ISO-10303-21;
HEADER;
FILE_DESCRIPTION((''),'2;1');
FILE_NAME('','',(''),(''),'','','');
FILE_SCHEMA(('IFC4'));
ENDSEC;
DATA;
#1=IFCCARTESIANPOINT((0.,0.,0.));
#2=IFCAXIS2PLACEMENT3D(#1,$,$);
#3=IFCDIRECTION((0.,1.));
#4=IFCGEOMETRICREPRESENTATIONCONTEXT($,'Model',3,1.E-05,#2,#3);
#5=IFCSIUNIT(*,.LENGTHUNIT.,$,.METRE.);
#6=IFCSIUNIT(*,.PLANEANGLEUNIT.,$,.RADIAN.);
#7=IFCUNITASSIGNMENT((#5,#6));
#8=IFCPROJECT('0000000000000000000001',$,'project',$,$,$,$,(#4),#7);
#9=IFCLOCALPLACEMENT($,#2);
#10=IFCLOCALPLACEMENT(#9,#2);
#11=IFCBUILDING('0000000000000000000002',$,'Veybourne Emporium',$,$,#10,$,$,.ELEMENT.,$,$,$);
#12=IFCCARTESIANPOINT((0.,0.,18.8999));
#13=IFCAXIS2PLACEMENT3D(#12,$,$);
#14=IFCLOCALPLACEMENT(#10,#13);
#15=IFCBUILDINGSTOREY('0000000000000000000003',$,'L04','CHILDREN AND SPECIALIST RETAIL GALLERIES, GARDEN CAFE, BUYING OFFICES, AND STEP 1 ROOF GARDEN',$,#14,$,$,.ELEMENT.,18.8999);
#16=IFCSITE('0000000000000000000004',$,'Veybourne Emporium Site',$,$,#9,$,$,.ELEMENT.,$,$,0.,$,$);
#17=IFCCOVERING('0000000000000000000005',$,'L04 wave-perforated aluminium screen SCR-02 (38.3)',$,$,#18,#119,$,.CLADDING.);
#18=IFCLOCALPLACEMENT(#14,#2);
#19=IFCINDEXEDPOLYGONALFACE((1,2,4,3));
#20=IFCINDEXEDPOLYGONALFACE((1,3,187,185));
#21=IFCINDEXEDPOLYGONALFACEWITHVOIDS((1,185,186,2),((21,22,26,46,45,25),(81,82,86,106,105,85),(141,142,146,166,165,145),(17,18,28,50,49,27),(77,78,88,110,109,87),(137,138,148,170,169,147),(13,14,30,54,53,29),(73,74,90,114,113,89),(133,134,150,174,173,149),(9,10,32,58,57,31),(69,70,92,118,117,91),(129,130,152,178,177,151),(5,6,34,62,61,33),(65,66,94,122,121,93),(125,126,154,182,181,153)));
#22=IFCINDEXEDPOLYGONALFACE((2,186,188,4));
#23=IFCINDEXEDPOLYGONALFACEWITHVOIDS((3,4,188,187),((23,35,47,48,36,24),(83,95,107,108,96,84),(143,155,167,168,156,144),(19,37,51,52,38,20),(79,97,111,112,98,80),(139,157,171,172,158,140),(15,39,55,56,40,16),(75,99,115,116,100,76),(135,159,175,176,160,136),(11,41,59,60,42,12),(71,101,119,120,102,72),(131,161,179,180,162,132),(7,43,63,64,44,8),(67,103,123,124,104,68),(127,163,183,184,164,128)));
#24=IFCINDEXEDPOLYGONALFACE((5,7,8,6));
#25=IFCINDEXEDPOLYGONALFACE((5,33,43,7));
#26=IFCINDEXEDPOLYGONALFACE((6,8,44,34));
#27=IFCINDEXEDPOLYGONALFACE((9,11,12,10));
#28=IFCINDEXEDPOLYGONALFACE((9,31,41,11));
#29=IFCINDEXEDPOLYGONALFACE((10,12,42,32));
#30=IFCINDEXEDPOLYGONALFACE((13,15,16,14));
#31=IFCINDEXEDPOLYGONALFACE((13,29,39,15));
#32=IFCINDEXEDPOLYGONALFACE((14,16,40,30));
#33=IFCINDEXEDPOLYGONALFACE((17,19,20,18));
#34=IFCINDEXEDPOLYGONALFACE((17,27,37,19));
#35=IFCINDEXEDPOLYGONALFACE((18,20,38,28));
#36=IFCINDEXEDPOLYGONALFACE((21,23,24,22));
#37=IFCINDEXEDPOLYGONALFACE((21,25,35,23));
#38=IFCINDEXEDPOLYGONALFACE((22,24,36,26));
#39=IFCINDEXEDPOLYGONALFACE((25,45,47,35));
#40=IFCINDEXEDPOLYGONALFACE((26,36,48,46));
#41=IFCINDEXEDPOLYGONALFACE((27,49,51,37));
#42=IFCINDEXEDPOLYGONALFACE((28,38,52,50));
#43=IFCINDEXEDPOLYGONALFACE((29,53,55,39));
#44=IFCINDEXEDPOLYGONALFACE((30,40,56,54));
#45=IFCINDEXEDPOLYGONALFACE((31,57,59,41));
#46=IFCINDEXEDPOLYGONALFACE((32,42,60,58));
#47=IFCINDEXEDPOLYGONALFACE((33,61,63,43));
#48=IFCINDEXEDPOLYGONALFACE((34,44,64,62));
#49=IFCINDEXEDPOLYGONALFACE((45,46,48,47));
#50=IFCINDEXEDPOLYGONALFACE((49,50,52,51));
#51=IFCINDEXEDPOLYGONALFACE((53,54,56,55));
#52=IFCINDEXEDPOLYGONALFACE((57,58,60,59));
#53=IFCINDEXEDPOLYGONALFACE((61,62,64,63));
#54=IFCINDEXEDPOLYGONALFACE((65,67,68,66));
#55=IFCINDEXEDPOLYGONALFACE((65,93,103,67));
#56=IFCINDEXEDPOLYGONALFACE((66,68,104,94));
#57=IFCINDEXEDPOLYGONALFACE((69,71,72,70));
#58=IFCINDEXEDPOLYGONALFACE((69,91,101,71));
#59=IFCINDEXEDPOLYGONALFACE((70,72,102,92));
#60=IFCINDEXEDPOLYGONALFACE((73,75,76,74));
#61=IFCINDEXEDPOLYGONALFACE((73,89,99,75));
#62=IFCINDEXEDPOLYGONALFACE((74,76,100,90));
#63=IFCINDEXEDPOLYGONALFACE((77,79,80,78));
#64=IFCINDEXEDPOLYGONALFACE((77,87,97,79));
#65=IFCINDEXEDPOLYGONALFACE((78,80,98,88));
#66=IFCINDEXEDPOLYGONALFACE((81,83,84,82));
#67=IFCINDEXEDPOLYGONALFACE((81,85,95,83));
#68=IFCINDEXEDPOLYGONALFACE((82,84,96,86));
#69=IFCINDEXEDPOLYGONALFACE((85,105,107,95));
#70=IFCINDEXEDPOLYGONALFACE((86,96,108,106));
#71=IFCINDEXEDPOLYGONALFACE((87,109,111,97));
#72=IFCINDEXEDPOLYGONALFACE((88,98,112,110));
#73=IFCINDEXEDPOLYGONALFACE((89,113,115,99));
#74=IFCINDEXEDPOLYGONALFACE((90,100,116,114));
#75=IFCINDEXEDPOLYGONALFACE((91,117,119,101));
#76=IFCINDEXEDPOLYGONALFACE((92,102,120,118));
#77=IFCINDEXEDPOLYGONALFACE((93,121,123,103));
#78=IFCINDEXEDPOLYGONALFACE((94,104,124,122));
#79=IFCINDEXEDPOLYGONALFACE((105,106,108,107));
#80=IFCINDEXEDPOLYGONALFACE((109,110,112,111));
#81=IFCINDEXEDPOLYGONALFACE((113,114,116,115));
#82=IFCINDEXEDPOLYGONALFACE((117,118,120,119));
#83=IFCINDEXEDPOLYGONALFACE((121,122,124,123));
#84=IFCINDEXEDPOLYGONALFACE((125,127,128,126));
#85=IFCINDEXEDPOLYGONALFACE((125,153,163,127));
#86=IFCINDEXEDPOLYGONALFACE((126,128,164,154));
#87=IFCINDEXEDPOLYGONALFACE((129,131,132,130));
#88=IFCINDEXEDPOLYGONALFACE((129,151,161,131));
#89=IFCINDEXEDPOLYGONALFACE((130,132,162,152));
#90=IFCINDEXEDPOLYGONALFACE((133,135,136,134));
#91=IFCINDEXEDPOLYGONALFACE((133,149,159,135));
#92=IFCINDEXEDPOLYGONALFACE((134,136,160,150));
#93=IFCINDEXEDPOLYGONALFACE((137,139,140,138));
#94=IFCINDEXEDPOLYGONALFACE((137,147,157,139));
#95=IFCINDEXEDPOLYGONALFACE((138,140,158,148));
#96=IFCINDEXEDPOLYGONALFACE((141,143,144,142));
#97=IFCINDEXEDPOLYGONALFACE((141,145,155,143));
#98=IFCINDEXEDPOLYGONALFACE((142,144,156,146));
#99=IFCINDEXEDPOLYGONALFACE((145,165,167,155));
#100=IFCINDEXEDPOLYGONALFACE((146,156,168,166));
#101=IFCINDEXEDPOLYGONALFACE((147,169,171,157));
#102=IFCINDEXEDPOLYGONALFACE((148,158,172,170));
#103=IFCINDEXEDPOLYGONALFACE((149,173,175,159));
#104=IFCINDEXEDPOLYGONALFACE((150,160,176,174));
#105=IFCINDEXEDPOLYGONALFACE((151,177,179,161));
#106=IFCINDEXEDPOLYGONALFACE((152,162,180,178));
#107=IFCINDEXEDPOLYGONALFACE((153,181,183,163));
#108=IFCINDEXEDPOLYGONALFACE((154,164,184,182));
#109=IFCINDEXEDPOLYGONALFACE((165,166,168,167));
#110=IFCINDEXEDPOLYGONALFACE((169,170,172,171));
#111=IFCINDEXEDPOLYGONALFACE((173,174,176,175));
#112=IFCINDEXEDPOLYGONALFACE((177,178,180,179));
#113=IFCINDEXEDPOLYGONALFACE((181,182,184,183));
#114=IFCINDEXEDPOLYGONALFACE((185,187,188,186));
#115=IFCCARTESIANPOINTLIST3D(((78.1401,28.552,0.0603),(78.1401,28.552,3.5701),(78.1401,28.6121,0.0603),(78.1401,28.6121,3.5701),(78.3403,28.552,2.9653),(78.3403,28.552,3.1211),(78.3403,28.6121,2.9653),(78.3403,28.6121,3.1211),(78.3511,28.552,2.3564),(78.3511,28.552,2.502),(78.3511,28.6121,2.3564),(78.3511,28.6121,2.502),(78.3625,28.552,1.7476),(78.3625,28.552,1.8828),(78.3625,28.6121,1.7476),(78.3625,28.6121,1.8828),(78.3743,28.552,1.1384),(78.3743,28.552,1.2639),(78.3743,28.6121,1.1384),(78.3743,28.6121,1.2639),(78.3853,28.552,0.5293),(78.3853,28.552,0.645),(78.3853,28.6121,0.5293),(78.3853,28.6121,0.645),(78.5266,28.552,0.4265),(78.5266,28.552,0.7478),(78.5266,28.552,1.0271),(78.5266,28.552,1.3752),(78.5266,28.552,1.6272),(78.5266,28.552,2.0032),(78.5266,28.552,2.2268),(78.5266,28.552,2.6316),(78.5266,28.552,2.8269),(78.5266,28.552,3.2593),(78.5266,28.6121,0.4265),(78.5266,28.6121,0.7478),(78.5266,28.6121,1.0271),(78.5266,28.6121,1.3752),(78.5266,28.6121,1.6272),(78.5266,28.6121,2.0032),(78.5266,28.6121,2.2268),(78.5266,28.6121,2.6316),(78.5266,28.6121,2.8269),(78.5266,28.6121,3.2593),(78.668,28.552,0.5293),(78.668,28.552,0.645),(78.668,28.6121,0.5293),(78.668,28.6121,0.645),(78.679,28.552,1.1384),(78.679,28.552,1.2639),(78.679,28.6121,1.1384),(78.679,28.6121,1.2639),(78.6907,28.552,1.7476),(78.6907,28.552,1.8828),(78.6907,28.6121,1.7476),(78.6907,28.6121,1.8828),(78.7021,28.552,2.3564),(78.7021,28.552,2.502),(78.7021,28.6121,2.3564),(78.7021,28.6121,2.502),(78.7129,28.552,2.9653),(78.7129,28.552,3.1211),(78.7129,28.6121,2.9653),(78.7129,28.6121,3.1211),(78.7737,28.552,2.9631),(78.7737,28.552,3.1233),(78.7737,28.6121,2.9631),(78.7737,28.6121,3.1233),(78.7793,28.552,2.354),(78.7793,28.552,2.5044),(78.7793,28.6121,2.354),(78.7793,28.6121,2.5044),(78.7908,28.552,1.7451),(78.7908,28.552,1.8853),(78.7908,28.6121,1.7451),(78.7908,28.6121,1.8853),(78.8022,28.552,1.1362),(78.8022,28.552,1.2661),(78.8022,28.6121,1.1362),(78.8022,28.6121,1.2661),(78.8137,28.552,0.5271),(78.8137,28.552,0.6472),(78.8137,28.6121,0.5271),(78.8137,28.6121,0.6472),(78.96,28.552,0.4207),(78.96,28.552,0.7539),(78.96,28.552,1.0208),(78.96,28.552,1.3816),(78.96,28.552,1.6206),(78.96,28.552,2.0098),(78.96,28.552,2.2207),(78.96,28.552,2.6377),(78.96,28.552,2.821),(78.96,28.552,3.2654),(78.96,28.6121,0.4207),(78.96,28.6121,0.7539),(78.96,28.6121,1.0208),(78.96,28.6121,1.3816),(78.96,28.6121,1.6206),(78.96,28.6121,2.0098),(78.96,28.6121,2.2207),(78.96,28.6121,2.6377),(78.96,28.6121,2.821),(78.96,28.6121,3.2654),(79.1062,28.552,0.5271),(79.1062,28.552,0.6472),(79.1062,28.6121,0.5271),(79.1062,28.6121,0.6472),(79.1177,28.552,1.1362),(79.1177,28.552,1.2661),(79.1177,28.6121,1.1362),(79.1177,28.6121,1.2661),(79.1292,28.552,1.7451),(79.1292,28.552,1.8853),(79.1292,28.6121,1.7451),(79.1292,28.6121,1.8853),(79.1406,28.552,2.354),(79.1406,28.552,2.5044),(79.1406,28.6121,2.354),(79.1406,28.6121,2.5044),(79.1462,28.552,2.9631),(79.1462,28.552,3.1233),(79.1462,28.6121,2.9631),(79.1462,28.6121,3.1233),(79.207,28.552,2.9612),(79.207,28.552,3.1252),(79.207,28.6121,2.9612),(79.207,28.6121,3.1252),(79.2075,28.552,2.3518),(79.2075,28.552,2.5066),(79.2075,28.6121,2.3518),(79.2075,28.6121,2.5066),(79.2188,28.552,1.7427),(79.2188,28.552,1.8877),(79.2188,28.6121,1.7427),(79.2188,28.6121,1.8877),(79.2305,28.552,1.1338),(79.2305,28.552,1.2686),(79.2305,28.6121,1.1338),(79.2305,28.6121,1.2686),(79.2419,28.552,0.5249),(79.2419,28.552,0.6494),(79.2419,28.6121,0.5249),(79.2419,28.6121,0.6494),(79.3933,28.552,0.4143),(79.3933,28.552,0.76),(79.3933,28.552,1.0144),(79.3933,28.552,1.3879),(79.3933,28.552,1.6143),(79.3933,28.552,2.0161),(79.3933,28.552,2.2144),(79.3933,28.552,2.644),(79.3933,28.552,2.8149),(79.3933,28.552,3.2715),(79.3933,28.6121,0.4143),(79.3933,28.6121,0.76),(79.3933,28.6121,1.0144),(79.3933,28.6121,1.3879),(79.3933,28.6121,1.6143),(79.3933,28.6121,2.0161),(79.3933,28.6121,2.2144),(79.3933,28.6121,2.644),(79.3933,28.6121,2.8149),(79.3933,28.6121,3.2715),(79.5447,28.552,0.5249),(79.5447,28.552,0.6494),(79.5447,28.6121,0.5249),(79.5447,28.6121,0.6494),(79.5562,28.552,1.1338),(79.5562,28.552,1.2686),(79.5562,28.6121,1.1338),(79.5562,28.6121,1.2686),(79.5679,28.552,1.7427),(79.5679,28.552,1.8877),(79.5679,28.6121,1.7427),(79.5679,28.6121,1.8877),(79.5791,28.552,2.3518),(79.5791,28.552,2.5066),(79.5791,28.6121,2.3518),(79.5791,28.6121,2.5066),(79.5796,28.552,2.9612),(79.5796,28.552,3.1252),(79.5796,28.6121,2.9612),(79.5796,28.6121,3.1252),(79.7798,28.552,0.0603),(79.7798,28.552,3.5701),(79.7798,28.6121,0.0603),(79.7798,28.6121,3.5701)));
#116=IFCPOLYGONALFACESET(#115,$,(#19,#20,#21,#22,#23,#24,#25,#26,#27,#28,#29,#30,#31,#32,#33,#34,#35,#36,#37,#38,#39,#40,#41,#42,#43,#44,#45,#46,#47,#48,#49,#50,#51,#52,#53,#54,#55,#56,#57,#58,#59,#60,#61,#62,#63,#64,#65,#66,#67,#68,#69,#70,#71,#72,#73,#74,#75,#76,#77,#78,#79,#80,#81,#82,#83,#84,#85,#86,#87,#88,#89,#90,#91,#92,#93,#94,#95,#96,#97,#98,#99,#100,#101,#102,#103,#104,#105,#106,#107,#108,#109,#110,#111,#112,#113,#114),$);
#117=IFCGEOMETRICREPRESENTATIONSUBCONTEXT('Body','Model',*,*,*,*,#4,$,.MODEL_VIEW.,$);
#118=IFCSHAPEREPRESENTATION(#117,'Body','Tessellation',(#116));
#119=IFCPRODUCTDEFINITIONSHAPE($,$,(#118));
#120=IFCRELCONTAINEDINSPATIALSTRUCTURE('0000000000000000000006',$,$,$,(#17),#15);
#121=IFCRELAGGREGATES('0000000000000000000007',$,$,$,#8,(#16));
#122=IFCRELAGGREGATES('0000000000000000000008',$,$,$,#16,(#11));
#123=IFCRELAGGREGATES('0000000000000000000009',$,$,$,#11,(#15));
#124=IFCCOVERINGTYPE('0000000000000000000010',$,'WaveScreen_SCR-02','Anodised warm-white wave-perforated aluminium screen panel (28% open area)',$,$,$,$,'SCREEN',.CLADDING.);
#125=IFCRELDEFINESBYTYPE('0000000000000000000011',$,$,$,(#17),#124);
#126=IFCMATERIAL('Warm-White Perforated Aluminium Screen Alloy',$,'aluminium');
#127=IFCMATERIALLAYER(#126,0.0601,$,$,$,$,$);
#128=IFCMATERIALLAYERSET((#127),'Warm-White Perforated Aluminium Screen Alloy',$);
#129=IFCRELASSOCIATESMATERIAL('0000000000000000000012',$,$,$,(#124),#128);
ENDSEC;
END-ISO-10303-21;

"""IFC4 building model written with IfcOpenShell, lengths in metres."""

from ifc_helpers import new_model, si_unit, direction, frame, origin, place, context, subcontext, project, spatial, polyline, outline, extrude, material, layer, layer_set, type_object, element, save


model = new_model("IFC4")

# Units and contexts
model_context = context("Model", 3, precision=1e-05, world=origin(), true_north=direction((0.0, 1.0)))
body_context = subcontext(model_context, "Body", "Model", "MODEL_VIEW")
ifc_project = project(units=[si_unit("LENGTHUNIT", "METRE"), si_unit("PLANEANGLEUNIT", "RADIAN")], contexts=[model_context])

# Site, building, storey
site_placement = place(None, origin())
site = spatial("IfcSite", under=ifc_project, at=site_placement, Name="Veybourne Emporium Site", CompositionType="ELEMENT", RefElevation=0.0)
building_placement = place(site_placement, origin())
building = spatial("IfcBuilding", under=site, at=building_placement, Name="Veybourne Emporium", CompositionType="ELEMENT")
storey_placement = place(building_placement, frame((0.0, 0.0, 18.8999)))
storey = spatial("IfcBuildingStorey", under=building, at=storey_placement, Name="L04", Description="CHILDREN AND SPECIALIST RETAIL GALLERIES, GARDEN CAFE, BUYING OFFICES, AND STEP 1 ROOF GARDEN", CompositionType="ELEMENT", Elevation=18.8999)

# Covering
ifc_material_1 = material(Name="Warm-White Perforated Aluminium Screen Alloy", Category="aluminium")
ifc_layer_1 = layer(ifc_material_1, 0.0601)
ifc_layer_set_1 = layer_set([ifc_layer_1], Name="Warm-White Perforated Aluminium Screen Alloy")
covering_type_1 = type_object("IfcCoveringType", Name="WaveScreen_SCR-02", Description="Anodised warm-white wave-perforated aluminium screen panel (28% open area)", ElementType="SCREEN", PredefinedType="CLADDING", material=ifc_layer_set_1)
covering_1_placement = place(storey_placement, frame((78.96, 28.552, 1.8152), z_axis=(0.0, 1.0, 0.0), x_axis=(-1.0, 0.0, 0.0)))
element("IfcCovering", 1, at=covering_1_placement, inside=storey, type_object=covering_type_1, Name="L04 wave-perforated aluminium screen SCR-02 (38.3)", PredefinedType="CLADDING", context=body_context, shape_type="SweptSolid", body=[
    extrude(outline(polyline([(-0.8198, -1.7549), (0.8198, -1.7549), (0.8198, 1.7549), (-0.8198, 1.7549), (-0.8198, -1.7549)]), holes=[polyline([(-0.4333, -1.0552), (-0.282, -1.1658), (-0.282, -1.2903), (-0.4333, -1.4009), (-0.5847, -1.2903), (-0.5847, -1.1658), (-0.4333, -1.0552)]), polyline([(-0.4333, -0.4272), (-0.2705, -0.5466), (-0.2705, -0.6814), (-0.4333, -0.8008), (-0.5962, -0.6814), (-0.5962, -0.5466), (-0.4333, -0.4272)]), polyline([(-0.4333, 0.2009), (-0.2588, 0.0725), (-0.2588, -0.0725), (-0.4333, -0.2009), (-0.6079, -0.0725), (-0.6079, 0.0725), (-0.4333, 0.2009)]), polyline([(-0.4333, 0.8289), (-0.2476, 0.6914), (-0.2476, 0.5366), (-0.4333, 0.3992), (-0.6191, 0.5366), (-0.6191, 0.6914), (-0.4333, 0.8289)]), polyline([(-0.4333, 1.4563), (-0.2471, 1.3101), (-0.2471, 1.146), (-0.4333, 0.9998), (-0.6196, 1.146), (-0.6196, 1.3101), (-0.4333, 1.4563)]), polyline([(0.0, -1.0613), (0.1462, -1.168), (0.1462, -1.2881), (0.0, -1.3945), (-0.1462, -1.2881), (-0.1462, -1.168), (0.0, -1.0613)]), polyline([(0.0, -0.4336), (0.1577, -0.5491), (0.1577, -0.679), (0.0, -0.7944), (-0.1577, -0.679), (-0.1577, -0.5491), (0.0, -0.4336)]), polyline([(0.0, 0.1946), (0.1692, 0.0701), (0.1692, -0.0701), (0.0, -0.1946), (-0.1692, -0.0701), (-0.1692, 0.0701), (0.0, 0.1946)]), polyline([(0.0, 0.8225), (0.1807, 0.6892), (0.1807, 0.5388), (0.0, 0.4055), (-0.1807, 0.5388), (-0.1807, 0.6892), (0.0, 0.8225)]), polyline([(0.0, 1.4502), (0.1863, 1.3081), (0.1863, 1.1479), (0.0, 1.0059), (-0.1863, 1.1479), (-0.1863, 1.3081), (0.0, 1.4502)]), polyline([(0.4333, -1.0674), (0.5747, -1.1702), (0.5747, -1.2859), (0.4333, -1.3887), (0.292, -1.2859), (0.292, -1.1702), (0.4333, -1.0674)]), polyline([(0.4333, -0.4399), (0.5857, -0.5513), (0.5857, -0.6768), (0.4333, -0.7881), (0.281, -0.6768), (0.281, -0.5513), (0.4333, -0.4399)]), polyline([(0.4333, 0.188), (0.5974, 0.0676), (0.5974, -0.0676), (0.4333, -0.188), (0.2693, -0.0676), (0.2693, 0.0676), (0.4333, 0.188)]), polyline([(0.4333, 0.8164), (0.6089, 0.6868), (0.6089, 0.5413), (0.4333, 0.4116), (0.2578, 0.5413), (0.2578, 0.6868), (0.4333, 0.8164)]), polyline([(0.4333, 1.4441), (0.6196, 1.3059), (0.6196, 1.1501), (0.4333, 1.0117), (0.2471, 1.1501), (0.2471, 1.3059), (0.4333, 1.4441)])]), origin(), (0.0, 0.0, 1.0), 0.0601),
])

save(model, "model.ifc")
